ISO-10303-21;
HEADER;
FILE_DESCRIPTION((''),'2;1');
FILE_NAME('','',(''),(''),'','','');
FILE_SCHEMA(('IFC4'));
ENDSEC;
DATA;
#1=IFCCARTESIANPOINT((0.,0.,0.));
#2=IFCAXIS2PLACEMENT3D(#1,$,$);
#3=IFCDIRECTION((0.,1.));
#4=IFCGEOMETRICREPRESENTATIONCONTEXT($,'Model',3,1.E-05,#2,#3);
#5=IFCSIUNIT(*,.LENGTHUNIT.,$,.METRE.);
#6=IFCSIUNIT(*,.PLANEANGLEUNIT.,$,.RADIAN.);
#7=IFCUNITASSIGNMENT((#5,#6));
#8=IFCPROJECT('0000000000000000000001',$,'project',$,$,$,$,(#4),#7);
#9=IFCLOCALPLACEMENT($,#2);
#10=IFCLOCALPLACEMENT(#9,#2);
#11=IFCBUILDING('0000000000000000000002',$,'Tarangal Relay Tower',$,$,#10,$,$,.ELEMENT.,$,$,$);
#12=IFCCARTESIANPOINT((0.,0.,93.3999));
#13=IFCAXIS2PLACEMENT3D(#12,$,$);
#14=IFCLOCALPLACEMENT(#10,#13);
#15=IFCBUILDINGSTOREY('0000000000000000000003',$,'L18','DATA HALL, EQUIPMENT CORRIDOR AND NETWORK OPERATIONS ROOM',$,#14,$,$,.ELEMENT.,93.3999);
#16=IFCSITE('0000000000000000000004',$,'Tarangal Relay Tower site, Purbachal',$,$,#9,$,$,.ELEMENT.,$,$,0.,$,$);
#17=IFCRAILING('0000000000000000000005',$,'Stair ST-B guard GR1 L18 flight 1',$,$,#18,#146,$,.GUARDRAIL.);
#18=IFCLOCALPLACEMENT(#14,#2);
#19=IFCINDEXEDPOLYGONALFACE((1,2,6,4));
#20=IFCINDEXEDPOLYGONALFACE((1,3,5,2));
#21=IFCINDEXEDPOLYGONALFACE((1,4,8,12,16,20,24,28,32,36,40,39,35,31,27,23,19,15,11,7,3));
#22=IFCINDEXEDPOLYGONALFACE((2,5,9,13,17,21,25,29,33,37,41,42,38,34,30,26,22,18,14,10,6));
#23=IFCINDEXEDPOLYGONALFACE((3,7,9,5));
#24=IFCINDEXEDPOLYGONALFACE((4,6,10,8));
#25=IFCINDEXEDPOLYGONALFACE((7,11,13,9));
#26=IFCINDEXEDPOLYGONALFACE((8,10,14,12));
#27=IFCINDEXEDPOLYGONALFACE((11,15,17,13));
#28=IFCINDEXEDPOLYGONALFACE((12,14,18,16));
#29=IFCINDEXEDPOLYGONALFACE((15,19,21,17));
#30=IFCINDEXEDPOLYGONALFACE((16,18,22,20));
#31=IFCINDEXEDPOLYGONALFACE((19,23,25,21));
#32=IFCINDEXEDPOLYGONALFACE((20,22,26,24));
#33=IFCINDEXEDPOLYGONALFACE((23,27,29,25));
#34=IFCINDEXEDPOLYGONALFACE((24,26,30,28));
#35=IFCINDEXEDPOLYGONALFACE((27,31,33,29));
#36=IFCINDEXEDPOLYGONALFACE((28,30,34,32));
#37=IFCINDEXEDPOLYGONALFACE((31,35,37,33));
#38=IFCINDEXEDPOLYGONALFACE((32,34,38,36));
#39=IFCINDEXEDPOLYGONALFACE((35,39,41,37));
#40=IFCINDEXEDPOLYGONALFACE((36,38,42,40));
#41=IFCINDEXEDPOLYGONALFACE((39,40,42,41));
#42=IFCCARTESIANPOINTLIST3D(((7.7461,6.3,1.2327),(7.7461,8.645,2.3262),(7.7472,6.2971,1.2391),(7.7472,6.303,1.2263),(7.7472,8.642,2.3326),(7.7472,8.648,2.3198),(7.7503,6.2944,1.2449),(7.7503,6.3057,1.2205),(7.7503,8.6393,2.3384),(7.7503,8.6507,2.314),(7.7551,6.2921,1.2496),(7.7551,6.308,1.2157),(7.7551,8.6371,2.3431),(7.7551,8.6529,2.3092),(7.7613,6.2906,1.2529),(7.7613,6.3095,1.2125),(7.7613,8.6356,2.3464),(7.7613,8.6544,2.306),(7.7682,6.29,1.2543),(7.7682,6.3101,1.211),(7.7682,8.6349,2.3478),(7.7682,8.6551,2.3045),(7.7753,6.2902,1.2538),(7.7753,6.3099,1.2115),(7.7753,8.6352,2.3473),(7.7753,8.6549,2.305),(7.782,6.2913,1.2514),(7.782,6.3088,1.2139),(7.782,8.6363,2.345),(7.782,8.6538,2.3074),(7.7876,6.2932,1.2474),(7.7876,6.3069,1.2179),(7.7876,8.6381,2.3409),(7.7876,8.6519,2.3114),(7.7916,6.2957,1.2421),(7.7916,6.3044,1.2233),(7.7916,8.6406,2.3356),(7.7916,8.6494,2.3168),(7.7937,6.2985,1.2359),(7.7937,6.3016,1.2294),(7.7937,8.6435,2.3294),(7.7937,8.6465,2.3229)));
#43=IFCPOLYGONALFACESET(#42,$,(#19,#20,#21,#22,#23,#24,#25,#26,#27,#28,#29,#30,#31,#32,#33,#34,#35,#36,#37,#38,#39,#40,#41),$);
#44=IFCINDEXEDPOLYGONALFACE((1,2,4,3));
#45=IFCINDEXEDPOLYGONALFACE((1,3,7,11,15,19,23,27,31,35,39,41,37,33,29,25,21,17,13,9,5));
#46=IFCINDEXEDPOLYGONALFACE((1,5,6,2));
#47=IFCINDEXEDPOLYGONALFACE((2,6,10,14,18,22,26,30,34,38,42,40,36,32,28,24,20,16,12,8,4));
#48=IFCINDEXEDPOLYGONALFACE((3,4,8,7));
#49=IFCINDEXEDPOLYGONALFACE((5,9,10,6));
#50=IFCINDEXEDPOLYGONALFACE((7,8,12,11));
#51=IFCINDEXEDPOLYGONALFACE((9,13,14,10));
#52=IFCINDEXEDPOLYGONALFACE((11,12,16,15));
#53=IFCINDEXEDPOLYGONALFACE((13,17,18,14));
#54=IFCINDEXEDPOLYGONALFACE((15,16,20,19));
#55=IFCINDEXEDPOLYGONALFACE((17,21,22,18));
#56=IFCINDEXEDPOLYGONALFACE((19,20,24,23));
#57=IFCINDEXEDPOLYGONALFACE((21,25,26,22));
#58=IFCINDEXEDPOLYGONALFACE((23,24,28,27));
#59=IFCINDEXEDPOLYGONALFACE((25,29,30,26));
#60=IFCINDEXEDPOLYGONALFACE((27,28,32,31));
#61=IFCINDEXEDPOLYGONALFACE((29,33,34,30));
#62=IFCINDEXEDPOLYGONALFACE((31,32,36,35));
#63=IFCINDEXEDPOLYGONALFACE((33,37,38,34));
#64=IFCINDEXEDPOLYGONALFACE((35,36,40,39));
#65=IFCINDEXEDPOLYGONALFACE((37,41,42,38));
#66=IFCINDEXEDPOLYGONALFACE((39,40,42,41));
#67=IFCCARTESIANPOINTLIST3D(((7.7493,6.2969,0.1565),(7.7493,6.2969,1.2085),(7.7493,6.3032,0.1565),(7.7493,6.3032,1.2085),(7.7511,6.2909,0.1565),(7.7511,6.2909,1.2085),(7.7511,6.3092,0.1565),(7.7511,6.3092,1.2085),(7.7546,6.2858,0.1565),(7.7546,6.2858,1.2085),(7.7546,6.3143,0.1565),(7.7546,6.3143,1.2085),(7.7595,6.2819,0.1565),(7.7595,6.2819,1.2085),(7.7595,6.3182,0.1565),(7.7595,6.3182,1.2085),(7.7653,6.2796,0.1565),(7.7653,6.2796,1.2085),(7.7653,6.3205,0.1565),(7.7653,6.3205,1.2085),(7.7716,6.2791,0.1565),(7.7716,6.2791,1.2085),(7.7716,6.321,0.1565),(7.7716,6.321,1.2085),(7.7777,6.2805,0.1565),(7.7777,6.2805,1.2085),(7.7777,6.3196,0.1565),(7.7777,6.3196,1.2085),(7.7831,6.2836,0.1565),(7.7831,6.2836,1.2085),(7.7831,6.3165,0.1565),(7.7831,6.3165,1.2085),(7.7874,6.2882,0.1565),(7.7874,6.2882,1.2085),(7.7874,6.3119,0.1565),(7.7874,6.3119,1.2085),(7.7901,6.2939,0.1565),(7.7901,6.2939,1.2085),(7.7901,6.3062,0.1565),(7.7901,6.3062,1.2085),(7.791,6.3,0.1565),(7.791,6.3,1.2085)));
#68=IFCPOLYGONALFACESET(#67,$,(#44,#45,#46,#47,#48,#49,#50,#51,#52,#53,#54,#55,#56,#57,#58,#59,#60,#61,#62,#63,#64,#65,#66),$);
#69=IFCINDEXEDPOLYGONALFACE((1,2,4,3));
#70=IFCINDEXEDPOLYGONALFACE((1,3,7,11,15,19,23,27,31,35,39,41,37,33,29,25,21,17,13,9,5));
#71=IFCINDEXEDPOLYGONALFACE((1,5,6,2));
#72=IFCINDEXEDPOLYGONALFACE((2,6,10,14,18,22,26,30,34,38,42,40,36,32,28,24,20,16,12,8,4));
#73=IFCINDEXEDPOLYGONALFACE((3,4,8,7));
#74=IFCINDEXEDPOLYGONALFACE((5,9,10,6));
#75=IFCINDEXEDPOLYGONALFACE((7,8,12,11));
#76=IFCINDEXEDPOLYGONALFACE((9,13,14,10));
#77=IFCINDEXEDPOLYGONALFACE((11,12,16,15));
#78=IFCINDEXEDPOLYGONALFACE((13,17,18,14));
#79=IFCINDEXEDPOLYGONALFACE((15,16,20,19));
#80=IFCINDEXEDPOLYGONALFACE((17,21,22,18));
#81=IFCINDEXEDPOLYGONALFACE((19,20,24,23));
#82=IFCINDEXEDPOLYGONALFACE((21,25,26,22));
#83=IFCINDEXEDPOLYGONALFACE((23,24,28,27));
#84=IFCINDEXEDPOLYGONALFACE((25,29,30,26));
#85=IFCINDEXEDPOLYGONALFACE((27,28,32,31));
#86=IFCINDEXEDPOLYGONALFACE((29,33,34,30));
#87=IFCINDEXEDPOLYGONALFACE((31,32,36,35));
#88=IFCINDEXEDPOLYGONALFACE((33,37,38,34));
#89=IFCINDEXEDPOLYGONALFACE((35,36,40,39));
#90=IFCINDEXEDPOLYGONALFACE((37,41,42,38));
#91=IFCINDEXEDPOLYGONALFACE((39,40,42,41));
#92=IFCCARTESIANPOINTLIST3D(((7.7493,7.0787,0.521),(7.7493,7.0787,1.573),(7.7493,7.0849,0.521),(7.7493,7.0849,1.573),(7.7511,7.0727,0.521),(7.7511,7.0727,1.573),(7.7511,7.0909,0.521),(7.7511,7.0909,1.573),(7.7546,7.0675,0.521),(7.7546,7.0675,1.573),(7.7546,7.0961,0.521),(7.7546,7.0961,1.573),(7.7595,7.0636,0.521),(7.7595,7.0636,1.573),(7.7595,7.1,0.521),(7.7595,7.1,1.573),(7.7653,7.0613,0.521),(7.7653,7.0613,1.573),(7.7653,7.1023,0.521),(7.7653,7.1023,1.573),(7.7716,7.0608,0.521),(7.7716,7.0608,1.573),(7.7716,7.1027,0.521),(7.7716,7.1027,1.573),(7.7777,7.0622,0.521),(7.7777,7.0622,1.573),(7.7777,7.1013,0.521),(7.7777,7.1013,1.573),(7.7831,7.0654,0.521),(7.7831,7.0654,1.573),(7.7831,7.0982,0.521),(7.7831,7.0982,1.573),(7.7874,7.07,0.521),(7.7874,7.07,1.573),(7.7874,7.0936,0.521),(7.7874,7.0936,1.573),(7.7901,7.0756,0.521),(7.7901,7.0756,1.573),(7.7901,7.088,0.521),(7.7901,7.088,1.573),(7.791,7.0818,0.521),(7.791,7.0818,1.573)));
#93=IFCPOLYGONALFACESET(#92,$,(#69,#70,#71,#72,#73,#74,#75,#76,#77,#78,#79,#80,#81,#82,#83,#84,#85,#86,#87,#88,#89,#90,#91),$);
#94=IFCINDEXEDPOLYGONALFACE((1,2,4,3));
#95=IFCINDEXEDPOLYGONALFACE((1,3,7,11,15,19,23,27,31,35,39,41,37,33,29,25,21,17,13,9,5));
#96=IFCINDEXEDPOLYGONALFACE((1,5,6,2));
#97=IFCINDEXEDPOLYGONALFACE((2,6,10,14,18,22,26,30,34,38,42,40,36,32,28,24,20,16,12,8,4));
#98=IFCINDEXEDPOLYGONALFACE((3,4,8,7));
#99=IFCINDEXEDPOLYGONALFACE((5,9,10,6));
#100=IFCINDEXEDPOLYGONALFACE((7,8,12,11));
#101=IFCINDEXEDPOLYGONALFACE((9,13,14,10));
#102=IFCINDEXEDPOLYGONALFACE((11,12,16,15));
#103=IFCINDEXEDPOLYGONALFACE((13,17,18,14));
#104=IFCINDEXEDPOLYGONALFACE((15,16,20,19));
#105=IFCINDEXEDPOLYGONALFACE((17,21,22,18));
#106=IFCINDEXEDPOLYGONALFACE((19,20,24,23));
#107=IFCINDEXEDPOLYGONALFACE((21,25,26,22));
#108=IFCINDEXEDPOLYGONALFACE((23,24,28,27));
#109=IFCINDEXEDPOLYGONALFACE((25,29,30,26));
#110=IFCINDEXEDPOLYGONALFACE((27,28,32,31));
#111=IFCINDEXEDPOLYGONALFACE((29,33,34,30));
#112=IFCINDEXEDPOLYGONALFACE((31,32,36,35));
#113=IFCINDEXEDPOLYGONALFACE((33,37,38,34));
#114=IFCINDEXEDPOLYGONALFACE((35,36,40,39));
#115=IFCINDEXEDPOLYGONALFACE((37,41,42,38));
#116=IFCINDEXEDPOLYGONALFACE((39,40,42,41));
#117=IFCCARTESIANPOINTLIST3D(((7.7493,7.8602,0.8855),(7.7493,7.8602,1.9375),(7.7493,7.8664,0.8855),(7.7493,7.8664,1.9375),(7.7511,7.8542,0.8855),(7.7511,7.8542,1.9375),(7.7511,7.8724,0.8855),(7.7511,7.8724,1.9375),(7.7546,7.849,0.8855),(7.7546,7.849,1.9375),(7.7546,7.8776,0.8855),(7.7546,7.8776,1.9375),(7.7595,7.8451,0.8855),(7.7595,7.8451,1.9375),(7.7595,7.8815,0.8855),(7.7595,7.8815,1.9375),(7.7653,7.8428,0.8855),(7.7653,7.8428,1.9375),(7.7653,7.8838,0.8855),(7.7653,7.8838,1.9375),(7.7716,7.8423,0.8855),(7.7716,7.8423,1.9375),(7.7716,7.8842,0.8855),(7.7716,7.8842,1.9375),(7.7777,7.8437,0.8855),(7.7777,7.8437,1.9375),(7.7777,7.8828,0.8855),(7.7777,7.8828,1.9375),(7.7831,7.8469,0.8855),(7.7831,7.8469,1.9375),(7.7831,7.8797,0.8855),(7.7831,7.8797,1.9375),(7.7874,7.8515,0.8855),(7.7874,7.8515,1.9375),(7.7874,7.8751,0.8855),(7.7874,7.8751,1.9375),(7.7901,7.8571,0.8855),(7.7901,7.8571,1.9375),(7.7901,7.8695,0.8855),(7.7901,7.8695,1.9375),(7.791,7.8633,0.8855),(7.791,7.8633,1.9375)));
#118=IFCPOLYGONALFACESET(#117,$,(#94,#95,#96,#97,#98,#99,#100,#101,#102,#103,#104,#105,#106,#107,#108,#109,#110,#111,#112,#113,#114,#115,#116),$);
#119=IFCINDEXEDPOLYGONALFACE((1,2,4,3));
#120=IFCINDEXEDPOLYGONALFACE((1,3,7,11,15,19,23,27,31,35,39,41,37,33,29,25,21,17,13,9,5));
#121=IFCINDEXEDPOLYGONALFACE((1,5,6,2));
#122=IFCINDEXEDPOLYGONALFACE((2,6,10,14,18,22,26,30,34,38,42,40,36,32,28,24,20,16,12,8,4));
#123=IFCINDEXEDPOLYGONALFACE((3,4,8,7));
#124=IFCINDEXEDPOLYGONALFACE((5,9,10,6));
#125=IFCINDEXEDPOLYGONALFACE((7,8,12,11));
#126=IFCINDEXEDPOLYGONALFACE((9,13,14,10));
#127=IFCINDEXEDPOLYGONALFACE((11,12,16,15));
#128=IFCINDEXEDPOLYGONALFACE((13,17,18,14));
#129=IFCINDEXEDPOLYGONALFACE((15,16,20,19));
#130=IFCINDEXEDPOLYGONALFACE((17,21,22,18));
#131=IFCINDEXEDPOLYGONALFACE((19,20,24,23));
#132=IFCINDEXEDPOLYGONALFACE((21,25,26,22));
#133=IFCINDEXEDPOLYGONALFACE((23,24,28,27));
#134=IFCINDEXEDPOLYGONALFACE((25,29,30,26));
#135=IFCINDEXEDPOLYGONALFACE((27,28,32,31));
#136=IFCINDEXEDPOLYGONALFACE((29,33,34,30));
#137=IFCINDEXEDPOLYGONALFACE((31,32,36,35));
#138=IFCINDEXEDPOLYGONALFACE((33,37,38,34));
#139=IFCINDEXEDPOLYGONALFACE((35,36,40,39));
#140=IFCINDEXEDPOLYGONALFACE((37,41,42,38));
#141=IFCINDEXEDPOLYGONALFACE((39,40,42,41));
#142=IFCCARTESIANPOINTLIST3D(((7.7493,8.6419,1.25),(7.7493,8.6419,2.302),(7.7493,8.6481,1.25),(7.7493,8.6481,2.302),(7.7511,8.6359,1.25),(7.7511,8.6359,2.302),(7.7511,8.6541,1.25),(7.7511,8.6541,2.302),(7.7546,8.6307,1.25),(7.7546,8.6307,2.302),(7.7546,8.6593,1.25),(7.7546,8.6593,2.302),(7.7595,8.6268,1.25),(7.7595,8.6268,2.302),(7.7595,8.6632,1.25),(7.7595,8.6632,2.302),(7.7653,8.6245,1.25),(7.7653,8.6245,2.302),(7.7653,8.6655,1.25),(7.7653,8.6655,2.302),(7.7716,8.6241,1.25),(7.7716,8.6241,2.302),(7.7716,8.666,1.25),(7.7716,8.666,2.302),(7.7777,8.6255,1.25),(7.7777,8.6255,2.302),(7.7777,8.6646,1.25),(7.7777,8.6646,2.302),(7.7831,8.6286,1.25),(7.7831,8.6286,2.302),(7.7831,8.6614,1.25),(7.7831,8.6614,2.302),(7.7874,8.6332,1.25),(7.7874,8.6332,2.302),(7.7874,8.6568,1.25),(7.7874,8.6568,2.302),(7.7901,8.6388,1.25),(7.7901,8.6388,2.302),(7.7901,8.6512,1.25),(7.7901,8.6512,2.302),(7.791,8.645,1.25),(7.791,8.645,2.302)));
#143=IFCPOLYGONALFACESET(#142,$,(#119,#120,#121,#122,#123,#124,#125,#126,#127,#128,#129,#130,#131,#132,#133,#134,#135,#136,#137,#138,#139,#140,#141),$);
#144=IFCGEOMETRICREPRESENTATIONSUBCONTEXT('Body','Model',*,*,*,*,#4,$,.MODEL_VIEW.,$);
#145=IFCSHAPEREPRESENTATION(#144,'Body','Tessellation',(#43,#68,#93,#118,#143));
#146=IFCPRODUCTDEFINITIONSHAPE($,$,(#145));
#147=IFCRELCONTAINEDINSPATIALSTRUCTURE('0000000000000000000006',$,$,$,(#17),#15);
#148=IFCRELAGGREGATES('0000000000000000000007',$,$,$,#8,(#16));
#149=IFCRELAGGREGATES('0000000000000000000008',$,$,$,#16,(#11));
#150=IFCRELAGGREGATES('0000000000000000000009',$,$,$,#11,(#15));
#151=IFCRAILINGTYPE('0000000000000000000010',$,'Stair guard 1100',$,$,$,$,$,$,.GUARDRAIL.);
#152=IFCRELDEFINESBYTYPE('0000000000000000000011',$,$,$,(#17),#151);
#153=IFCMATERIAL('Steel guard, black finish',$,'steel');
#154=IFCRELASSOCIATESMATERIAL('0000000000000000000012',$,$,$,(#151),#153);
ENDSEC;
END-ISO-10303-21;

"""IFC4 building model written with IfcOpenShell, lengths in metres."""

from ifc_helpers import new_model, si_unit, direction, frame, origin, origin_2d, place, context, subcontext, project, spatial, circle, extrude, material, type_object, element, save


model = new_model("IFC4")

# Units and contexts
model_context = context("Model", 3, precision=1e-05, world=origin(), true_north=direction((0.0, 1.0)))
body_context = subcontext(model_context, "Body", "Model", "MODEL_VIEW")
ifc_project = project(units=[si_unit("LENGTHUNIT", "METRE"), si_unit("PLANEANGLEUNIT", "RADIAN")], contexts=[model_context])

# Site, building, storey
site_placement = place(None, origin())
site = spatial("IfcSite", under=ifc_project, at=site_placement, Name="Tarangal Relay Tower site, Purbachal", CompositionType="ELEMENT", RefElevation=0.0)
building_placement = place(site_placement, origin())
building = spatial("IfcBuilding", under=site, at=building_placement, Name="Tarangal Relay Tower", CompositionType="ELEMENT")
storey_placement = place(building_placement, frame((0.0, 0.0, 93.3999)))
storey = spatial("IfcBuildingStorey", under=building, at=storey_placement, Name="L18", Description="DATA HALL, EQUIPMENT CORRIDOR AND NETWORK OPERATIONS ROOM", CompositionType="ELEMENT", Elevation=93.3999)

# Railing
ifc_material_1 = material(Name="Steel guard, black finish", Category="steel")
railing_type_1 = type_object("IfcRailingType", Name="Stair guard 1100", PredefinedType="GUARDRAIL", material=ifc_material_1)
railing_1_placement = place(storey_placement, frame((7.77, 6.3, 0.1565)))
element("IfcRailing", 1, at=railing_1_placement, inside=storey, type_object=railing_type_1, Name="Stair ST-B guard GR1 L18 flight 1", PredefinedType="GUARDRAIL", context=body_context, shape_type="SweptSolid", body=[
    extrude(circle(Radius=0.0239, at=origin_2d()), frame((0.0, 0.0, 1.0762), z_axis=(0.0, 0.906304, 0.422627), x_axis=(-1.0, 0.0, 0.0)), (0.0, 0.0, 1.0), 2.5874),
    extrude(circle(Radius=0.021, at=origin_2d()), origin(), (0.0, 0.0, 1.0), 1.052),
    extrude(circle(Radius=0.021, at=origin_2d()), frame((0.0, 0.7817, 0.3645)), (0.0, 0.0, 1.0), 1.052),
    extrude(circle(Radius=0.021, at=origin_2d()), frame((0.0, 1.5632, 0.729)), (0.0, 0.0, 1.0), 1.052),
    extrude(circle(Radius=0.021, at=origin_2d()), frame((0.0, 2.345, 1.0935)), (0.0, 0.0, 1.0), 1.052),
])

save(model, "model.ifc")
